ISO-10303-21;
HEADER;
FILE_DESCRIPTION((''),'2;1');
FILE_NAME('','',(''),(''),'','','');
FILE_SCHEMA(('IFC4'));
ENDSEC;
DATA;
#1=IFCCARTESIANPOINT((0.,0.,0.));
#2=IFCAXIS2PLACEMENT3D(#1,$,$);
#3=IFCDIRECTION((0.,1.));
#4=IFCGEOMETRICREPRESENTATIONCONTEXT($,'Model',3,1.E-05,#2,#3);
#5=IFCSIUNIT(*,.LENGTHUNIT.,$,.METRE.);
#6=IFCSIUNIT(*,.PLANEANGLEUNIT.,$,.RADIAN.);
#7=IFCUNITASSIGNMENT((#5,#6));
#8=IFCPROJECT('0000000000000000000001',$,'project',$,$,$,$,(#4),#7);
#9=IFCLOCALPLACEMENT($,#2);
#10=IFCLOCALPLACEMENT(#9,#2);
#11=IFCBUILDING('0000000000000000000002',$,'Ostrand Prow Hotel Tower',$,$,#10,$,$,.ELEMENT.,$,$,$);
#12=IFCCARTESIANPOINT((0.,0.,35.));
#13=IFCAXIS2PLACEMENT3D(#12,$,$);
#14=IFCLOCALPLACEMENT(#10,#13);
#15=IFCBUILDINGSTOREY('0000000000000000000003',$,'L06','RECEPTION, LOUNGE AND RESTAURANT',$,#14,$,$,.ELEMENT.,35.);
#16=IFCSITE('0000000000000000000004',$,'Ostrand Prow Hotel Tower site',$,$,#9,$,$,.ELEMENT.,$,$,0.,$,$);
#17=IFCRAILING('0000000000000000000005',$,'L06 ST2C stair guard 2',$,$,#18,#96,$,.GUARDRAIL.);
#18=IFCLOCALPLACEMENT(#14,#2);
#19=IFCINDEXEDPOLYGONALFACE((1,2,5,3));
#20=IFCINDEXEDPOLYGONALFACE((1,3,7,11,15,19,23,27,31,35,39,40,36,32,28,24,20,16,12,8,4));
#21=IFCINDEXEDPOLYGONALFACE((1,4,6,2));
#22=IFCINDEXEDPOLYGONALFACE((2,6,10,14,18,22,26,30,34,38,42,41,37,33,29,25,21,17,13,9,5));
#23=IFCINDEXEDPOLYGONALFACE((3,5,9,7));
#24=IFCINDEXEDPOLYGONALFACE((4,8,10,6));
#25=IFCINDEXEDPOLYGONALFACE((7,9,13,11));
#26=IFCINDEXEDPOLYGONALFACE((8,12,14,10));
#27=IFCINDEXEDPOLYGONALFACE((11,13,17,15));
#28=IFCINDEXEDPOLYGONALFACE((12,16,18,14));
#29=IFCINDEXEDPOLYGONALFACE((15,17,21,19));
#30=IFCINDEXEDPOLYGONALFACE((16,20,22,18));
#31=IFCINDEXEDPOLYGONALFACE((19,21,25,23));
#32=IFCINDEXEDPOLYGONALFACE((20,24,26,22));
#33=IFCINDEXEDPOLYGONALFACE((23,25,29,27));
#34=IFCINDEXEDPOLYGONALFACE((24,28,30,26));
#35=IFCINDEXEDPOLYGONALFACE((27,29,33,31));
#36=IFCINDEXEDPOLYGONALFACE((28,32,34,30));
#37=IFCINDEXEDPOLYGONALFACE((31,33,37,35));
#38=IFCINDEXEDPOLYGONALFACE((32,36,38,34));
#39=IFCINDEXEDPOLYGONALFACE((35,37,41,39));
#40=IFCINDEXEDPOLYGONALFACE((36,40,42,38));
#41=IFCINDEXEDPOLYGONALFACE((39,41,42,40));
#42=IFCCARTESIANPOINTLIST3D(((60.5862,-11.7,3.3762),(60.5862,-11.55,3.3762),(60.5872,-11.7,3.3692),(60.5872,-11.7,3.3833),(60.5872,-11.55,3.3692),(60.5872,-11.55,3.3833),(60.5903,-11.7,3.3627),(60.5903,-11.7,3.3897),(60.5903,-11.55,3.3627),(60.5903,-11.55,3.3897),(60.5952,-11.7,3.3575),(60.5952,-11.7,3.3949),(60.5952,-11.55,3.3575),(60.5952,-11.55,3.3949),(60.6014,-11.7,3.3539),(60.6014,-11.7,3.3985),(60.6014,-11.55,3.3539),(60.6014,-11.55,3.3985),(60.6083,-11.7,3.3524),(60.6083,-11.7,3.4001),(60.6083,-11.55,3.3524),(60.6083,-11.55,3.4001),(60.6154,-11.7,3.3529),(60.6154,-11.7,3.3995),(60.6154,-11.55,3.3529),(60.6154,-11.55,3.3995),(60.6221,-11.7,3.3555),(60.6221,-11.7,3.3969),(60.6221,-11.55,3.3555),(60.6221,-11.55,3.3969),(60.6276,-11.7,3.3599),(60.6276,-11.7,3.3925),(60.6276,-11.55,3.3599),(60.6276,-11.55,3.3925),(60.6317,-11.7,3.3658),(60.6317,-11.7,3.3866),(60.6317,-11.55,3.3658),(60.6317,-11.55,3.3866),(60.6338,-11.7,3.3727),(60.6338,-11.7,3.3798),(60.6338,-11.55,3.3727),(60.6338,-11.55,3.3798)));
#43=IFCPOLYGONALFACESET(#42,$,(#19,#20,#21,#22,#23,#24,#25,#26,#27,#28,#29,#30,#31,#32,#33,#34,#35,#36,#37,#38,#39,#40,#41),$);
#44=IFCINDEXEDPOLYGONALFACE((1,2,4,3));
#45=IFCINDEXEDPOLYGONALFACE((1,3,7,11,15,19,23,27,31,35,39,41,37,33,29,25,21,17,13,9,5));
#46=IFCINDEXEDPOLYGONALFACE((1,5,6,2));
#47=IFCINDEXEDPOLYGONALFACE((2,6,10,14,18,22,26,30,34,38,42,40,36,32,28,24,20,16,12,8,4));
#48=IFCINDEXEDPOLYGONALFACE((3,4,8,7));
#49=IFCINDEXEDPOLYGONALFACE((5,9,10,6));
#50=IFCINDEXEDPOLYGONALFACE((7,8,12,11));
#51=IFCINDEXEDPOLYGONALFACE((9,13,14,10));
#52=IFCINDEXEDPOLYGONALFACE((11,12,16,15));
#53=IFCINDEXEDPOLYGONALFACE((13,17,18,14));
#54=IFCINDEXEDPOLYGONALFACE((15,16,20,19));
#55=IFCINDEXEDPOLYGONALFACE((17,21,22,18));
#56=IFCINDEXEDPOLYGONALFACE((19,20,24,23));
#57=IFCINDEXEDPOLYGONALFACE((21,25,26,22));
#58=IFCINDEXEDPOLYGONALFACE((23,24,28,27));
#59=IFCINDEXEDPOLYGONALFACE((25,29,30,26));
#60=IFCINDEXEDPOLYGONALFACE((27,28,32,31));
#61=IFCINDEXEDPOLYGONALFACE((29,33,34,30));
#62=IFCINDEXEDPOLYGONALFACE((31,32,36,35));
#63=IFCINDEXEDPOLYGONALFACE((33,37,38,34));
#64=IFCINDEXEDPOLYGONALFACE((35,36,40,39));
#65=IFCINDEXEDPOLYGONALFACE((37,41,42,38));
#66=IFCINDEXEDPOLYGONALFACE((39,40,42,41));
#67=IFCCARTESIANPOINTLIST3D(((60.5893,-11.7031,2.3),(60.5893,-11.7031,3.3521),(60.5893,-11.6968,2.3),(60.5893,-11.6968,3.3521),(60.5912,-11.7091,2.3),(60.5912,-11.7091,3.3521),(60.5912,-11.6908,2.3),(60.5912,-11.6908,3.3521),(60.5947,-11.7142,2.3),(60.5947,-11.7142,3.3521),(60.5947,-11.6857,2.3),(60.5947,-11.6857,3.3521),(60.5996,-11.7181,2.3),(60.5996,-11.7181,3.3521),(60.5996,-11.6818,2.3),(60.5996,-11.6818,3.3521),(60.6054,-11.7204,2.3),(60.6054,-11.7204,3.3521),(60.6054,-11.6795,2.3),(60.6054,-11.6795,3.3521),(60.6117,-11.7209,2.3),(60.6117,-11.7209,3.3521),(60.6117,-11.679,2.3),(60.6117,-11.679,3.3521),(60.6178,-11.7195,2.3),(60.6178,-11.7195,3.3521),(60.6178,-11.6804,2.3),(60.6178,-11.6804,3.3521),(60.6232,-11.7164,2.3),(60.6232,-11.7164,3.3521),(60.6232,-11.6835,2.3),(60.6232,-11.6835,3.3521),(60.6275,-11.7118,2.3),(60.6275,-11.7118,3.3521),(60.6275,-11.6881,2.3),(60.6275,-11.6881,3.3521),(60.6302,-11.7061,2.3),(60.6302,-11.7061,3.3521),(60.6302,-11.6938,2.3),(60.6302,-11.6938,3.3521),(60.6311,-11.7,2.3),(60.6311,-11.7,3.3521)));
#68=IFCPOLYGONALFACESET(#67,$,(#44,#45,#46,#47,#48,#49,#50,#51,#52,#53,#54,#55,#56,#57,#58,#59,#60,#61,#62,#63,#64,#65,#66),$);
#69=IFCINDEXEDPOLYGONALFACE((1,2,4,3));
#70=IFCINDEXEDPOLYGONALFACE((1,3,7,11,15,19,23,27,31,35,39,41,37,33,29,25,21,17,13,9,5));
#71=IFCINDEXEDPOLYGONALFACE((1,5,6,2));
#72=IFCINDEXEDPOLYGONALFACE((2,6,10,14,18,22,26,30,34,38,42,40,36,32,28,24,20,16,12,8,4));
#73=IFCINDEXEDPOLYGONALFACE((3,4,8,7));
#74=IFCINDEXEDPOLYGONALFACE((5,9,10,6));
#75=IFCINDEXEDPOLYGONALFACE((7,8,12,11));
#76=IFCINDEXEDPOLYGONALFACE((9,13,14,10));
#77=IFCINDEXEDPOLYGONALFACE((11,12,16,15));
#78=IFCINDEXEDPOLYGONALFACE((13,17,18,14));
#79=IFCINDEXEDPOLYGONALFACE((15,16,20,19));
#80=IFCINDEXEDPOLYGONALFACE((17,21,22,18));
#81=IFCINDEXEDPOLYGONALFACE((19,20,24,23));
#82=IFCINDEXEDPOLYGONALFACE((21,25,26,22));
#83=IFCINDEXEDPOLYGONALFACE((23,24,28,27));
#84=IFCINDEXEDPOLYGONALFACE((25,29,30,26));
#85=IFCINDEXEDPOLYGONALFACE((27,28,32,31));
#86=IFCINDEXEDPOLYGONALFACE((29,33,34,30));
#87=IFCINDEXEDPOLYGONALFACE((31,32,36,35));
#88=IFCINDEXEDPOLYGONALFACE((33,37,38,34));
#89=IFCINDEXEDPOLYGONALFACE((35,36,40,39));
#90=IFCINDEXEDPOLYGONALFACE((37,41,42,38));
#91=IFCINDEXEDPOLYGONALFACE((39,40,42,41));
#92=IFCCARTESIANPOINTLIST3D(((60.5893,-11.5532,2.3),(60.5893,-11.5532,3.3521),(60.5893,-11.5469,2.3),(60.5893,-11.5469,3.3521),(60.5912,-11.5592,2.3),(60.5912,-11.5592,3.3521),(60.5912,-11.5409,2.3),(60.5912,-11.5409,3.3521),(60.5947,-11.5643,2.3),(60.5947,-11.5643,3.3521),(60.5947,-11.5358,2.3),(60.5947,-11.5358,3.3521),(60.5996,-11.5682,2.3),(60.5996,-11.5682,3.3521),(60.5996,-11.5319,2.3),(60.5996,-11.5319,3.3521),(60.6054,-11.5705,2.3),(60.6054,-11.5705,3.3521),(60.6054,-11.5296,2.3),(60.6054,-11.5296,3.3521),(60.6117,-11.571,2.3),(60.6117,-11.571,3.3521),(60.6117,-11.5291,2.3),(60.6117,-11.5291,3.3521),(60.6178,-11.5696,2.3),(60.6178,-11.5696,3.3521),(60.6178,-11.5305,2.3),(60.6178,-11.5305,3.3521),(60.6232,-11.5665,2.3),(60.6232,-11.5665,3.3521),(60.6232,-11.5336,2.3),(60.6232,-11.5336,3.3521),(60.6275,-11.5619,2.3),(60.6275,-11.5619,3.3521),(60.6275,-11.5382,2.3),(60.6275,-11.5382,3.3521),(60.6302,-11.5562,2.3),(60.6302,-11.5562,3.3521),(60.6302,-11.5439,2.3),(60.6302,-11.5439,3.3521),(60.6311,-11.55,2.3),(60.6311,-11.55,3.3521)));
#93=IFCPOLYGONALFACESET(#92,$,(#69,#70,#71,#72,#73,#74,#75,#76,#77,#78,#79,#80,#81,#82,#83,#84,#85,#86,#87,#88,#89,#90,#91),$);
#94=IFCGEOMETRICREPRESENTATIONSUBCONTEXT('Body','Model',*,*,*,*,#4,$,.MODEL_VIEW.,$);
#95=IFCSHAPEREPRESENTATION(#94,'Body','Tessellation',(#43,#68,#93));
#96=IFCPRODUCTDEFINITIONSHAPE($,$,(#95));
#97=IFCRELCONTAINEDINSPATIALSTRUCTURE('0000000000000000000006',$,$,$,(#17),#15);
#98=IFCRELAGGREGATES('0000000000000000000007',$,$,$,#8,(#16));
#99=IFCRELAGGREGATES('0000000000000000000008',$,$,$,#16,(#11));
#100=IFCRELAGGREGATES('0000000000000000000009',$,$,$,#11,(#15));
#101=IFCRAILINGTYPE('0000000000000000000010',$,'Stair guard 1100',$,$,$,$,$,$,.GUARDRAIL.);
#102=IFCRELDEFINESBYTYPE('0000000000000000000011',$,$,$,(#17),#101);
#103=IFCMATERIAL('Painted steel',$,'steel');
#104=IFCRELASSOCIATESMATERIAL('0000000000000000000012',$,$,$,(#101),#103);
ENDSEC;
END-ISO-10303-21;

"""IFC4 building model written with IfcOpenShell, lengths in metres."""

from ifc_helpers import new_model, si_unit, direction, frame, origin, origin_2d, place, context, subcontext, project, spatial, circle, extrude, material, type_object, element, save


model = new_model("IFC4")

# Units and contexts
model_context = context("Model", 3, precision=1e-05, world=origin(), true_north=direction((0.0, 1.0)))
body_context = subcontext(model_context, "Body", "Model", "MODEL_VIEW")
ifc_project = project(units=[si_unit("LENGTHUNIT", "METRE"), si_unit("PLANEANGLEUNIT", "RADIAN")], contexts=[model_context])

# Site, building, storey
site_placement = place(None, origin())
site = spatial("IfcSite", under=ifc_project, at=site_placement, Name="Ostrand Prow Hotel Tower site", CompositionType="ELEMENT", RefElevation=0.0)
building_placement = place(site_placement, origin())
building = spatial("IfcBuilding", under=site, at=building_placement, Name="Ostrand Prow Hotel Tower", CompositionType="ELEMENT")
storey_placement = place(building_placement, frame((0.0, 0.0, 35.0)))
storey = spatial("IfcBuildingStorey", under=building, at=storey_placement, Name="L06", Description="RECEPTION, LOUNGE AND RESTAURANT", CompositionType="ELEMENT", Elevation=35.0)

# Railing
ifc_material_1 = material(Name="Painted steel", Category="steel")
railing_type_1 = type_object("IfcRailingType", Name="Stair guard 1100", PredefinedType="GUARDRAIL", material=ifc_material_1)
railing_1_placement = place(storey_placement, frame((60.6101, -11.7, 2.3)))
element("IfcRailing", 1, at=railing_1_placement, inside=storey, type_object=railing_type_1, Name="L06 ST2C stair guard 2", PredefinedType="GUARDRAIL", context=body_context, shape_type="SweptSolid", body=[
    extrude(circle(Radius=0.0239, at=origin_2d()), frame((0.0, 0.0, 1.0762), z_axis=(0.0, 1.0, 0.0), x_axis=(-1.0, 0.0, 0.0)), (0.0, 0.0, 1.0), 0.1499),
    extrude(circle(Radius=0.021, at=origin_2d()), origin(), (0.0, 0.0, 1.0), 1.052),
    extrude(circle(Radius=0.021, at=origin_2d()), frame((0.0, 0.1499, 0.0)), (0.0, 0.0, 1.0), 1.052),
])

save(model, "model.ifc")
